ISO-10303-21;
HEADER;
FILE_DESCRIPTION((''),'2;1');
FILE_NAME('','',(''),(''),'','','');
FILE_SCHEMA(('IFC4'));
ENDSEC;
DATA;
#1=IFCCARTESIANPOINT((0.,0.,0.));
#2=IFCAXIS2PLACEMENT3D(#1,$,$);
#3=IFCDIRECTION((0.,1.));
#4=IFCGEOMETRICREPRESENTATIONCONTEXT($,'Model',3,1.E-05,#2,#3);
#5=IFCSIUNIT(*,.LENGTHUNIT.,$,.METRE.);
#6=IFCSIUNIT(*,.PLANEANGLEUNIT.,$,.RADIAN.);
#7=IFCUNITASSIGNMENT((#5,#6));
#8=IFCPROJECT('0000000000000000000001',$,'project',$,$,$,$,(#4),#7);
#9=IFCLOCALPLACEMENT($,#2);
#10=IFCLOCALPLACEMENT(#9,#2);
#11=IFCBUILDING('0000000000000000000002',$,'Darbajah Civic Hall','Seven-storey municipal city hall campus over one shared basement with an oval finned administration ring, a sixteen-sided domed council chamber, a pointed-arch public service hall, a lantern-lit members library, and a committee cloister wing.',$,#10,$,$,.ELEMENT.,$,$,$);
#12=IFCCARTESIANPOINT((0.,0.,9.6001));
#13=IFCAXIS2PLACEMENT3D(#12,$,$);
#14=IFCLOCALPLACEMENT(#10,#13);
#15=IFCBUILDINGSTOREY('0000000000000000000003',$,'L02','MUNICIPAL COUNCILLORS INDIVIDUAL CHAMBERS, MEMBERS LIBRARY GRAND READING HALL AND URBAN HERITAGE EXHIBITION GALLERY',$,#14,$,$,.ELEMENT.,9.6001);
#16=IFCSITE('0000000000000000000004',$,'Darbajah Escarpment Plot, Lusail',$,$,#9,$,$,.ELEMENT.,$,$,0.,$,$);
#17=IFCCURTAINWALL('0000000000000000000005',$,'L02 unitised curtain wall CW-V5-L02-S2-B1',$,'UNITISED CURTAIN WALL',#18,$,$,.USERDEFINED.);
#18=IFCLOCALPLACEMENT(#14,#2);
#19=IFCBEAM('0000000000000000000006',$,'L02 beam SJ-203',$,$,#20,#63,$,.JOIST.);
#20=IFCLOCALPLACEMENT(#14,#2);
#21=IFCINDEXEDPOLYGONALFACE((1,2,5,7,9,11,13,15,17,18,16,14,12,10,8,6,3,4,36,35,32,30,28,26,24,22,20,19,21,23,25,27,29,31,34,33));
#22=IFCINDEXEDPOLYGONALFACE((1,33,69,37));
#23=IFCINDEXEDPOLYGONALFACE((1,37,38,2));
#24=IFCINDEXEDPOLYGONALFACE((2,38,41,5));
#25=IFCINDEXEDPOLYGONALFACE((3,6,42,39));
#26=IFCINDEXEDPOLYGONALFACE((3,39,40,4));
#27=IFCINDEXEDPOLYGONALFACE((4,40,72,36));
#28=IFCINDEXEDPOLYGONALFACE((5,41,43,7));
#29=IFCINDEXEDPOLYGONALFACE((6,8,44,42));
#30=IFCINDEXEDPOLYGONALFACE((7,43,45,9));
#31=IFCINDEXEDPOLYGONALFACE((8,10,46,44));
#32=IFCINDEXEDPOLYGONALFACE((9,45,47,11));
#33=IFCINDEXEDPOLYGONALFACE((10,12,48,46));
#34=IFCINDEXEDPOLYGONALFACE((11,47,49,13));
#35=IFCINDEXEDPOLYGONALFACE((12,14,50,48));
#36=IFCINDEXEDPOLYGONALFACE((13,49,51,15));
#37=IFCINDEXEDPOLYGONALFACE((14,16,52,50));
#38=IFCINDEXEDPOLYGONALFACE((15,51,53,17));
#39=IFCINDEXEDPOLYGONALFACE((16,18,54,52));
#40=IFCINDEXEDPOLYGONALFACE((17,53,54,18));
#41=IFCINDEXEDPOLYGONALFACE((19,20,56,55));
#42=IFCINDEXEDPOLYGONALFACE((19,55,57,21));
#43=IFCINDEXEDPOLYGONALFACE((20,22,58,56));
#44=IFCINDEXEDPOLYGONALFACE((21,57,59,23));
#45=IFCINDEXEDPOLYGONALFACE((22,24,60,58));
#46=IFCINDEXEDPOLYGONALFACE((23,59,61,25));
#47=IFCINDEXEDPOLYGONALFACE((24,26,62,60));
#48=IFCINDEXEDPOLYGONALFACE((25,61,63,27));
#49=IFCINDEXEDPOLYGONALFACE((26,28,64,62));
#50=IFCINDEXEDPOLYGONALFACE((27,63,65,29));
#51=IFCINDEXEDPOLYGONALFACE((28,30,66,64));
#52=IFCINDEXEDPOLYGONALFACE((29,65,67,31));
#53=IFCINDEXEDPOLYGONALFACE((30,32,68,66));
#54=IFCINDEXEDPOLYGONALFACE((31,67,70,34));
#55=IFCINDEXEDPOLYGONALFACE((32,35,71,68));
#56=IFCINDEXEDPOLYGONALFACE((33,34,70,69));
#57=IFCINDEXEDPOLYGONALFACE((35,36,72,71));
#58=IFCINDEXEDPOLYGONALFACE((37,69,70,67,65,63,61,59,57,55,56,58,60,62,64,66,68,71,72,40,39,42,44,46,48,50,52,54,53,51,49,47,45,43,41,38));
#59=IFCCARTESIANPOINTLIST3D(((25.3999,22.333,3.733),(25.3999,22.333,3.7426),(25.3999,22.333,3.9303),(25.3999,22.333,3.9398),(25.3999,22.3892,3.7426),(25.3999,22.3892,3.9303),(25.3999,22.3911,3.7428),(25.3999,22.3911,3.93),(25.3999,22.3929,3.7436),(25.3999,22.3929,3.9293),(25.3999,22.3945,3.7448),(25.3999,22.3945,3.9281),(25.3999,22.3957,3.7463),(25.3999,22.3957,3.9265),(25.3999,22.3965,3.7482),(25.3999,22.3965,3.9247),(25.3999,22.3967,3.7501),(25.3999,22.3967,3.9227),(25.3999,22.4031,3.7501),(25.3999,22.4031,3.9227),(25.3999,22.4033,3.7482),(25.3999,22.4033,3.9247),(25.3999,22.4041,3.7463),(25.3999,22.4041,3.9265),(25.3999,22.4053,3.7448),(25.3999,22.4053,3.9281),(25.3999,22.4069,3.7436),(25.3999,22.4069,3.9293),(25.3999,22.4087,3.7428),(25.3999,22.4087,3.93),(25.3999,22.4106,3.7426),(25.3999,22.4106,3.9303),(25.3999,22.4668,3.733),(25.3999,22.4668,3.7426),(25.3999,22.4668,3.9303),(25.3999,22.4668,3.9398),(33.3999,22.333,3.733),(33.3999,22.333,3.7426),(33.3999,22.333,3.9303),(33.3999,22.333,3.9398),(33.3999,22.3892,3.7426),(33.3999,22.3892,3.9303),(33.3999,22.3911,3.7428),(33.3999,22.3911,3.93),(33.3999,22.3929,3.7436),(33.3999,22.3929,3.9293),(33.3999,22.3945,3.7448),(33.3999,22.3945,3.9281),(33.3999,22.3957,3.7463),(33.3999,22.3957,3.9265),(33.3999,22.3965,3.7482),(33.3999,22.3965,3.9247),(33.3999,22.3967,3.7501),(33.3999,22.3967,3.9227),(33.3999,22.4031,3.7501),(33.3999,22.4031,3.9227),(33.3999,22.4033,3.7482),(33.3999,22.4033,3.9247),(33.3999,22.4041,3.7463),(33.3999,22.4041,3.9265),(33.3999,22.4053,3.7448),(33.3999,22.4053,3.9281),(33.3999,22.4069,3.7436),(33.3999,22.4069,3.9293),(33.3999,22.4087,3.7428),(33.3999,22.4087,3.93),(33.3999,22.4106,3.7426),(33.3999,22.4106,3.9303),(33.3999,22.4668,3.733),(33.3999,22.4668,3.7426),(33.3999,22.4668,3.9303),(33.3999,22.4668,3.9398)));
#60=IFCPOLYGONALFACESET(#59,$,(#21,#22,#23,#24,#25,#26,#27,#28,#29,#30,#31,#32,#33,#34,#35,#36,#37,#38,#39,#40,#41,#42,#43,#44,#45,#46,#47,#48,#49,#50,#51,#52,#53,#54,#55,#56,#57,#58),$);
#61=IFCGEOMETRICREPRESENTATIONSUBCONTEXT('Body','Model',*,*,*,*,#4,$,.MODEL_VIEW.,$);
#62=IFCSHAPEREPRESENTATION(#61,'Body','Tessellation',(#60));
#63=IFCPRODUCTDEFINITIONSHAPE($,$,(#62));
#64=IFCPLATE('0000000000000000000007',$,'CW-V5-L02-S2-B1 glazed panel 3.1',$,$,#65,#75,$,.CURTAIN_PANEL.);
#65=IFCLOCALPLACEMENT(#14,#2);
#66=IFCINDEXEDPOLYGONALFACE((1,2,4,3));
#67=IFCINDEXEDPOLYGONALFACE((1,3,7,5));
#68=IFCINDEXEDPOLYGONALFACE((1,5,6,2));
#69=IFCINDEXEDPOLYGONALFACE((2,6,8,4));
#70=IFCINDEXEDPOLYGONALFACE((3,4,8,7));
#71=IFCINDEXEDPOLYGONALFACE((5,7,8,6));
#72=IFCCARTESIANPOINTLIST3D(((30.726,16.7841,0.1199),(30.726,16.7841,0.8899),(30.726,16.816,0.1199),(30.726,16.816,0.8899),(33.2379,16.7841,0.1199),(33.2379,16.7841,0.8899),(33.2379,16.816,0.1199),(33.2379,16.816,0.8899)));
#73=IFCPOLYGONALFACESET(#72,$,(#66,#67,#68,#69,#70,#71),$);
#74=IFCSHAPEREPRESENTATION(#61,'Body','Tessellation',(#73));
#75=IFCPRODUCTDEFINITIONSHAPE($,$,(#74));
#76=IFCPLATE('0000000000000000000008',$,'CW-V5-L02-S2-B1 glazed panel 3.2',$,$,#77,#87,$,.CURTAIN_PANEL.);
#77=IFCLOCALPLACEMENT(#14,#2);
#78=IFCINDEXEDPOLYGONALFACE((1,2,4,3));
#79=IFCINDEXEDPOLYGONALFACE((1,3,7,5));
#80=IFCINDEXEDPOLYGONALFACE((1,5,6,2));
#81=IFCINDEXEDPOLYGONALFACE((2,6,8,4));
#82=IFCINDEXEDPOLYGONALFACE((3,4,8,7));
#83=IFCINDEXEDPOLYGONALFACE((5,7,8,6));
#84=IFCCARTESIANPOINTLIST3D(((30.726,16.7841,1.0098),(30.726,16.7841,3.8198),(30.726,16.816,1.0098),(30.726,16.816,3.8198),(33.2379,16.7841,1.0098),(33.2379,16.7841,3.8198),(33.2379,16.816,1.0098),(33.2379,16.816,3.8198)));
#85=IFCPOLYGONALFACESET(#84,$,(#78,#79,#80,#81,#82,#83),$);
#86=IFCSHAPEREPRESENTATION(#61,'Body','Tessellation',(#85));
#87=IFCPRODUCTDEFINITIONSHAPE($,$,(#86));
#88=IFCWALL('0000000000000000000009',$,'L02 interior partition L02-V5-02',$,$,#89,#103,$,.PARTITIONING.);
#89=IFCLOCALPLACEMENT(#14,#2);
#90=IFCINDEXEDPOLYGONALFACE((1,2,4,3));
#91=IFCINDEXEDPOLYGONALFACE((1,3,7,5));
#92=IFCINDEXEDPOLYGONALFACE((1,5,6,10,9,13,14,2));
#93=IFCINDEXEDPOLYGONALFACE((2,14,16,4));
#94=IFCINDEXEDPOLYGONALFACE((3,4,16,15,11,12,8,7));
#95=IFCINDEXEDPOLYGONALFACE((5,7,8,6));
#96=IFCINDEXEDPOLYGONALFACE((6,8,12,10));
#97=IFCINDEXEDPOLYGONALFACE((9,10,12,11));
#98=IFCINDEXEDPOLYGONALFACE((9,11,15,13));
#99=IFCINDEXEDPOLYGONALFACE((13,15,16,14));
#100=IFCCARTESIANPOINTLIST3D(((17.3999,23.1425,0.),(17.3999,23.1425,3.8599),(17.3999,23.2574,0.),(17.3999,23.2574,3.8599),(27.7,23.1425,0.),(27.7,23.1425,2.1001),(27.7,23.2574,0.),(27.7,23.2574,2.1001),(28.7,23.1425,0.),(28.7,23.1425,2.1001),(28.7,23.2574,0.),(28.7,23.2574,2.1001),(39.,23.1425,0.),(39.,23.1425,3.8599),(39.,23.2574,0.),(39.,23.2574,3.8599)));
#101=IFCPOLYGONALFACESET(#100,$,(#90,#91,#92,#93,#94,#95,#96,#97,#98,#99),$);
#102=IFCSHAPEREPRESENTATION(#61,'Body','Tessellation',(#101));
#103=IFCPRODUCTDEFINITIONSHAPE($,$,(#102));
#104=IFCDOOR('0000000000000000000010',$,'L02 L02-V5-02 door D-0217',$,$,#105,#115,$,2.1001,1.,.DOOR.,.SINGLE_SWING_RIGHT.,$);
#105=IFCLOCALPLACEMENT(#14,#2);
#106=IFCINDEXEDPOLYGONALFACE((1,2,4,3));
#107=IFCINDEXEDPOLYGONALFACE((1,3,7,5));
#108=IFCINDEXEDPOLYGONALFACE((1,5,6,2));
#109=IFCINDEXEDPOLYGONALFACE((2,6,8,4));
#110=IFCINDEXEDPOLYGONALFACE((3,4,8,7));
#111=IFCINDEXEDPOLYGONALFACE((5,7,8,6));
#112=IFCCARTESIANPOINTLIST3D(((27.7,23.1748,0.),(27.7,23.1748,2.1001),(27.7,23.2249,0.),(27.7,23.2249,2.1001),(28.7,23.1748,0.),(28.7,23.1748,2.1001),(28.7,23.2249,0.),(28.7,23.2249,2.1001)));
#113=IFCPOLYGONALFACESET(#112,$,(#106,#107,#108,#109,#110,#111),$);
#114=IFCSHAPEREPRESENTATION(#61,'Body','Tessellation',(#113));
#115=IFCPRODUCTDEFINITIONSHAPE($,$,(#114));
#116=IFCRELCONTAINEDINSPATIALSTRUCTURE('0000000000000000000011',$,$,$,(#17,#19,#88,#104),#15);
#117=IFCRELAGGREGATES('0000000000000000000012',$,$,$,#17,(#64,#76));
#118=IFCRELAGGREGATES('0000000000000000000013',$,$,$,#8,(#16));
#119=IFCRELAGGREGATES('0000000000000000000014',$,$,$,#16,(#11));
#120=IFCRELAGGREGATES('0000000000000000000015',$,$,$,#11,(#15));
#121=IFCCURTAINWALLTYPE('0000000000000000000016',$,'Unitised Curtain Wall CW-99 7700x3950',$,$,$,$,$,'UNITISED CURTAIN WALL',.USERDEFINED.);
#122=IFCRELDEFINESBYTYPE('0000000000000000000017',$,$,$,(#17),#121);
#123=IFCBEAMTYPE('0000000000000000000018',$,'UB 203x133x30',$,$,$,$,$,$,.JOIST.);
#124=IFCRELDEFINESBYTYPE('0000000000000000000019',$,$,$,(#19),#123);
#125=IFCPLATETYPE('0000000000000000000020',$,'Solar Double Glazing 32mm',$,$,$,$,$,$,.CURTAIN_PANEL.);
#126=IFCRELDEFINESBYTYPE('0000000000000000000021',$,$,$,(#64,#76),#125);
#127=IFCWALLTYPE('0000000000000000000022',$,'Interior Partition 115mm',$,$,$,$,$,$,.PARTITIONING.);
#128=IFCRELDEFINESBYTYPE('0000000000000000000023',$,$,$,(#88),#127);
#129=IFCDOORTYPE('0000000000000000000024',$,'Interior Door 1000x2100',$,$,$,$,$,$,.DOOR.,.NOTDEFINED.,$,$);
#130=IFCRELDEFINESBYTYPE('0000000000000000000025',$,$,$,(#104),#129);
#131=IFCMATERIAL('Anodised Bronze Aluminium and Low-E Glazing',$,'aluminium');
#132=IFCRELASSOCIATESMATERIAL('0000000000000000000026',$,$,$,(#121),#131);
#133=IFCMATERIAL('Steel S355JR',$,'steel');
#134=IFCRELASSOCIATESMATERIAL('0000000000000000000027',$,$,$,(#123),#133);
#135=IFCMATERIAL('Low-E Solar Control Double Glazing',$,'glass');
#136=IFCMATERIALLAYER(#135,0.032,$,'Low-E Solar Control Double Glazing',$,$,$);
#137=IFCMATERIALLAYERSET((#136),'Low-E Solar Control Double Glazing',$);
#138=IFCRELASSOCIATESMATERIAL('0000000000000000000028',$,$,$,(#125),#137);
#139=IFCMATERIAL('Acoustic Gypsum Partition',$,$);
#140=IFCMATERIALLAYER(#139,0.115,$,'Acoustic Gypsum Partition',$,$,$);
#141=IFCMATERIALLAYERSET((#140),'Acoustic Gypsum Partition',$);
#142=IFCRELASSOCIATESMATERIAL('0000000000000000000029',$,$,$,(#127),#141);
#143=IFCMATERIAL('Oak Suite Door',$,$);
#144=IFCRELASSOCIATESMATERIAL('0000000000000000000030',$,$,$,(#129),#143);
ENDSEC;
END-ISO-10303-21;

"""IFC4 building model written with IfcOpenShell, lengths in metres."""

from ifc_helpers import new_model, si_unit, direction, frame, frame_2d, origin, origin_2d, place, context, subcontext, project, spatial, rectangle, i_section, extrude, material, layer, layer_set, material_profile, profile_set, type_object, element, fill, aggregate, save


model = new_model("IFC4")

# Units and contexts
model_context = context("Model", 3, precision=1e-05, world=origin(), true_north=direction((0.0, 1.0)))
body_context = subcontext(model_context, "Body", "Model", "MODEL_VIEW")
ifc_project = project(units=[si_unit("LENGTHUNIT", "METRE"), si_unit("PLANEANGLEUNIT", "RADIAN")], contexts=[model_context])

# Site, building, storey
site_placement = place(None, origin())
site = spatial("IfcSite", under=ifc_project, at=site_placement, Name="Darbajah Escarpment Plot, Lusail", CompositionType="ELEMENT", RefElevation=0.0)
building_placement = place(site_placement, origin())
building = spatial("IfcBuilding", under=site, at=building_placement, Name="Darbajah Civic Hall", Description="Seven-storey municipal city hall campus over one shared basement with an oval finned administration ring, a sixteen-sided domed council chamber, a pointed-arch public service hall, a lantern-lit members library, and a committee cloister wing.", CompositionType="ELEMENT")
storey_placement = place(building_placement, frame((0.0, 0.0, 9.6001)))
storey = spatial("IfcBuildingStorey", under=building, at=storey_placement, Name="L02", Description="MUNICIPAL COUNCILLORS INDIVIDUAL CHAMBERS, MEMBERS LIBRARY GRAND READING HALL AND URBAN HERITAGE EXHIBITION GALLERY", CompositionType="ELEMENT", Elevation=9.6001)

# Curtain wall
ifc_material_1 = material(Name="Anodised Bronze Aluminium and Low-E Glazing", Category="aluminium")
curtain_wall_type = type_object("IfcCurtainWallType", Name="Unitised Curtain Wall CW-99 7700x3950", ElementType="UNITISED CURTAIN WALL", PredefinedType="USERDEFINED", material=ifc_material_1)
curtain_wall_placement = place(storey_placement, origin())
curtain_wall = element("IfcCurtainWall", 1, at=curtain_wall_placement, inside=storey, type_object=curtain_wall_type, Name="L02 unitised curtain wall CW-V5-L02-S2-B1", ObjectType="UNITISED CURTAIN WALL", PredefinedType="USERDEFINED")

# Beam
ifc_material_2 = material(Name="Steel S355JR", Category="steel")
ifc_material_profile_1 = material_profile(ifc_material_2, i_section(OverallWidth=0.1338, OverallDepth=0.2068, WebThickness=0.0063, FlangeThickness=0.0095, FilletRadius=0.0076, at=origin_2d()), Name="UB 203x133x30")
ifc_profile_set_1 = profile_set([ifc_material_profile_1], Name="Steel S355JR")
beam_type_1 = type_object("IfcBeamType", Name="UB 203x133x30", PredefinedType="JOIST", material=ifc_profile_set_1)
for number, where, z_axis, x_axis, name in (
    (2, (25.3999, 22.3999, 3.8364), (1.0, 0.0, 0.0), (0.0, 1.0, 0.0), "L02 beam SJ-203"),
):
    element("IfcBeam", number, at=place(storey_placement, frame(where, z_axis=z_axis, x_axis=x_axis)), inside=storey, type_object=beam_type_1, Name=name, PredefinedType="JOIST", context=body_context, shape_type="SweptSolid", body=[
        extrude(i_section(OverallWidth=0.1338, OverallDepth=0.2068, WebThickness=0.0063, FlangeThickness=0.0095, FilletRadius=0.0076, at=origin_2d()), origin(), (0.0, 0.0, 1.0), 8.0),
    ])

# Plates
ifc_material_3 = material(Name="Low-E Solar Control Double Glazing", Category="glass")
ifc_layer_1 = layer(ifc_material_3, 0.032, Name="Low-E Solar Control Double Glazing")
ifc_layer_set_1 = layer_set([ifc_layer_1], Name="Low-E Solar Control Double Glazing")
plate_type = type_object("IfcPlateType", Name="Solar Double Glazing 32mm", PredefinedType="CURTAIN_PANEL", material=ifc_layer_set_1)
plate_1_placement = place(storey_placement, frame((31.9819, 16.8, 0.1199), z_axis=(0.0, 0.0, 1.0), x_axis=(1.0, 0.0, 0.0)))
plate_1 = element("IfcPlate", 3, at=plate_1_placement, type_object=plate_type, Name="CW-V5-L02-S2-B1 glazed panel 3.1", PredefinedType="CURTAIN_PANEL", context=body_context, shape_type="SweptSolid", body=[
    extrude(rectangle(XDim=2.512, YDim=0.032, at=origin_2d()), origin(), (0.0, 0.0, 1.0), 0.77),
])
plate_2_placement = place(storey_placement, frame((31.9819, 16.8, 1.0098), z_axis=(0.0, 0.0, 1.0), x_axis=(1.0, 0.0, 0.0)))
plate_2 = element("IfcPlate", 4, at=plate_2_placement, type_object=plate_type, Name="CW-V5-L02-S2-B1 glazed panel 3.2", PredefinedType="CURTAIN_PANEL", context=body_context, shape_type="SweptSolid", body=[
    extrude(rectangle(XDim=2.512, YDim=0.032, at=origin_2d()), origin(), (0.0, 0.0, 1.0), 2.8101),
])
aggregate(curtain_wall, [plate_1, plate_2])

# Wall, opening, door
ifc_material_4 = material(Name="Acoustic Gypsum Partition")
ifc_layer_2 = layer(ifc_material_4, 0.115, Name="Acoustic Gypsum Partition")
ifc_layer_set_2 = layer_set([ifc_layer_2], Name="Acoustic Gypsum Partition")
wall_type = type_object("IfcWallType", Name="Interior Partition 115mm", PredefinedType="PARTITIONING", material=ifc_layer_set_2)
wall_placement = place(storey_placement, frame((17.3999, 23.2, 0.0), z_axis=(0.0, 0.0, 1.0), x_axis=(1.0, 0.0, 0.0)))
wall = element("IfcWall", 5, at=wall_placement, inside=storey, type_object=wall_type, Name="L02 interior partition L02-V5-02", PredefinedType="PARTITIONING", context=body_context, shape_type="SweptSolid", body=[
    extrude(rectangle(XDim=21.6001, YDim=0.115, at=frame_2d((10.8, 0.0))), origin(), (0.0, 0.0, 1.0), 3.8599),
])
opening_placement = place(wall_placement, frame((10.3, 0.0, 0.0)))
opening = element("IfcOpeningElement", 6, at=opening_placement, cuts=wall, PredefinedType="OPENING", context=body_context, shape_type="SweptSolid", body=[
    extrude(rectangle(XDim=1.0, YDim=2.1001, at=frame_2d((0.5, 1.05))), frame((0.0, 0.0674, 0.0), z_axis=(0.0, -1.0, 0.0), x_axis=(1.0, 0.0, 0.0)), (0.0, 0.0, 1.0), 0.135),
])
ifc_material_5 = material(Name="Oak Suite Door")
door_type = type_object("IfcDoorType", Name="Interior Door 1000x2100", OperationType="NOTDEFINED", PredefinedType="DOOR", material=ifc_material_5)
door_placement = place(opening_placement, origin())
door = element("IfcDoor", 7, at=door_placement, inside=storey, type_object=door_type, Name="L02 L02-V5-02 door D-0217", OperationType="SINGLE_SWING_RIGHT", OverallHeight=2.1001, OverallWidth=1.0, PredefinedType="DOOR", context=body_context, shape_type="SweptSolid", body=[
    extrude(rectangle(XDim=1.0, YDim=2.1001, at=frame_2d((0.5, 1.05))), frame((0.0, 0.0249, 0.0), z_axis=(0.0, -1.0, 0.0), x_axis=(1.0, 0.0, 0.0)), (0.0, 0.0, 1.0), 0.05),
])
fill(opening, door)

save(model, "model.ifc")
